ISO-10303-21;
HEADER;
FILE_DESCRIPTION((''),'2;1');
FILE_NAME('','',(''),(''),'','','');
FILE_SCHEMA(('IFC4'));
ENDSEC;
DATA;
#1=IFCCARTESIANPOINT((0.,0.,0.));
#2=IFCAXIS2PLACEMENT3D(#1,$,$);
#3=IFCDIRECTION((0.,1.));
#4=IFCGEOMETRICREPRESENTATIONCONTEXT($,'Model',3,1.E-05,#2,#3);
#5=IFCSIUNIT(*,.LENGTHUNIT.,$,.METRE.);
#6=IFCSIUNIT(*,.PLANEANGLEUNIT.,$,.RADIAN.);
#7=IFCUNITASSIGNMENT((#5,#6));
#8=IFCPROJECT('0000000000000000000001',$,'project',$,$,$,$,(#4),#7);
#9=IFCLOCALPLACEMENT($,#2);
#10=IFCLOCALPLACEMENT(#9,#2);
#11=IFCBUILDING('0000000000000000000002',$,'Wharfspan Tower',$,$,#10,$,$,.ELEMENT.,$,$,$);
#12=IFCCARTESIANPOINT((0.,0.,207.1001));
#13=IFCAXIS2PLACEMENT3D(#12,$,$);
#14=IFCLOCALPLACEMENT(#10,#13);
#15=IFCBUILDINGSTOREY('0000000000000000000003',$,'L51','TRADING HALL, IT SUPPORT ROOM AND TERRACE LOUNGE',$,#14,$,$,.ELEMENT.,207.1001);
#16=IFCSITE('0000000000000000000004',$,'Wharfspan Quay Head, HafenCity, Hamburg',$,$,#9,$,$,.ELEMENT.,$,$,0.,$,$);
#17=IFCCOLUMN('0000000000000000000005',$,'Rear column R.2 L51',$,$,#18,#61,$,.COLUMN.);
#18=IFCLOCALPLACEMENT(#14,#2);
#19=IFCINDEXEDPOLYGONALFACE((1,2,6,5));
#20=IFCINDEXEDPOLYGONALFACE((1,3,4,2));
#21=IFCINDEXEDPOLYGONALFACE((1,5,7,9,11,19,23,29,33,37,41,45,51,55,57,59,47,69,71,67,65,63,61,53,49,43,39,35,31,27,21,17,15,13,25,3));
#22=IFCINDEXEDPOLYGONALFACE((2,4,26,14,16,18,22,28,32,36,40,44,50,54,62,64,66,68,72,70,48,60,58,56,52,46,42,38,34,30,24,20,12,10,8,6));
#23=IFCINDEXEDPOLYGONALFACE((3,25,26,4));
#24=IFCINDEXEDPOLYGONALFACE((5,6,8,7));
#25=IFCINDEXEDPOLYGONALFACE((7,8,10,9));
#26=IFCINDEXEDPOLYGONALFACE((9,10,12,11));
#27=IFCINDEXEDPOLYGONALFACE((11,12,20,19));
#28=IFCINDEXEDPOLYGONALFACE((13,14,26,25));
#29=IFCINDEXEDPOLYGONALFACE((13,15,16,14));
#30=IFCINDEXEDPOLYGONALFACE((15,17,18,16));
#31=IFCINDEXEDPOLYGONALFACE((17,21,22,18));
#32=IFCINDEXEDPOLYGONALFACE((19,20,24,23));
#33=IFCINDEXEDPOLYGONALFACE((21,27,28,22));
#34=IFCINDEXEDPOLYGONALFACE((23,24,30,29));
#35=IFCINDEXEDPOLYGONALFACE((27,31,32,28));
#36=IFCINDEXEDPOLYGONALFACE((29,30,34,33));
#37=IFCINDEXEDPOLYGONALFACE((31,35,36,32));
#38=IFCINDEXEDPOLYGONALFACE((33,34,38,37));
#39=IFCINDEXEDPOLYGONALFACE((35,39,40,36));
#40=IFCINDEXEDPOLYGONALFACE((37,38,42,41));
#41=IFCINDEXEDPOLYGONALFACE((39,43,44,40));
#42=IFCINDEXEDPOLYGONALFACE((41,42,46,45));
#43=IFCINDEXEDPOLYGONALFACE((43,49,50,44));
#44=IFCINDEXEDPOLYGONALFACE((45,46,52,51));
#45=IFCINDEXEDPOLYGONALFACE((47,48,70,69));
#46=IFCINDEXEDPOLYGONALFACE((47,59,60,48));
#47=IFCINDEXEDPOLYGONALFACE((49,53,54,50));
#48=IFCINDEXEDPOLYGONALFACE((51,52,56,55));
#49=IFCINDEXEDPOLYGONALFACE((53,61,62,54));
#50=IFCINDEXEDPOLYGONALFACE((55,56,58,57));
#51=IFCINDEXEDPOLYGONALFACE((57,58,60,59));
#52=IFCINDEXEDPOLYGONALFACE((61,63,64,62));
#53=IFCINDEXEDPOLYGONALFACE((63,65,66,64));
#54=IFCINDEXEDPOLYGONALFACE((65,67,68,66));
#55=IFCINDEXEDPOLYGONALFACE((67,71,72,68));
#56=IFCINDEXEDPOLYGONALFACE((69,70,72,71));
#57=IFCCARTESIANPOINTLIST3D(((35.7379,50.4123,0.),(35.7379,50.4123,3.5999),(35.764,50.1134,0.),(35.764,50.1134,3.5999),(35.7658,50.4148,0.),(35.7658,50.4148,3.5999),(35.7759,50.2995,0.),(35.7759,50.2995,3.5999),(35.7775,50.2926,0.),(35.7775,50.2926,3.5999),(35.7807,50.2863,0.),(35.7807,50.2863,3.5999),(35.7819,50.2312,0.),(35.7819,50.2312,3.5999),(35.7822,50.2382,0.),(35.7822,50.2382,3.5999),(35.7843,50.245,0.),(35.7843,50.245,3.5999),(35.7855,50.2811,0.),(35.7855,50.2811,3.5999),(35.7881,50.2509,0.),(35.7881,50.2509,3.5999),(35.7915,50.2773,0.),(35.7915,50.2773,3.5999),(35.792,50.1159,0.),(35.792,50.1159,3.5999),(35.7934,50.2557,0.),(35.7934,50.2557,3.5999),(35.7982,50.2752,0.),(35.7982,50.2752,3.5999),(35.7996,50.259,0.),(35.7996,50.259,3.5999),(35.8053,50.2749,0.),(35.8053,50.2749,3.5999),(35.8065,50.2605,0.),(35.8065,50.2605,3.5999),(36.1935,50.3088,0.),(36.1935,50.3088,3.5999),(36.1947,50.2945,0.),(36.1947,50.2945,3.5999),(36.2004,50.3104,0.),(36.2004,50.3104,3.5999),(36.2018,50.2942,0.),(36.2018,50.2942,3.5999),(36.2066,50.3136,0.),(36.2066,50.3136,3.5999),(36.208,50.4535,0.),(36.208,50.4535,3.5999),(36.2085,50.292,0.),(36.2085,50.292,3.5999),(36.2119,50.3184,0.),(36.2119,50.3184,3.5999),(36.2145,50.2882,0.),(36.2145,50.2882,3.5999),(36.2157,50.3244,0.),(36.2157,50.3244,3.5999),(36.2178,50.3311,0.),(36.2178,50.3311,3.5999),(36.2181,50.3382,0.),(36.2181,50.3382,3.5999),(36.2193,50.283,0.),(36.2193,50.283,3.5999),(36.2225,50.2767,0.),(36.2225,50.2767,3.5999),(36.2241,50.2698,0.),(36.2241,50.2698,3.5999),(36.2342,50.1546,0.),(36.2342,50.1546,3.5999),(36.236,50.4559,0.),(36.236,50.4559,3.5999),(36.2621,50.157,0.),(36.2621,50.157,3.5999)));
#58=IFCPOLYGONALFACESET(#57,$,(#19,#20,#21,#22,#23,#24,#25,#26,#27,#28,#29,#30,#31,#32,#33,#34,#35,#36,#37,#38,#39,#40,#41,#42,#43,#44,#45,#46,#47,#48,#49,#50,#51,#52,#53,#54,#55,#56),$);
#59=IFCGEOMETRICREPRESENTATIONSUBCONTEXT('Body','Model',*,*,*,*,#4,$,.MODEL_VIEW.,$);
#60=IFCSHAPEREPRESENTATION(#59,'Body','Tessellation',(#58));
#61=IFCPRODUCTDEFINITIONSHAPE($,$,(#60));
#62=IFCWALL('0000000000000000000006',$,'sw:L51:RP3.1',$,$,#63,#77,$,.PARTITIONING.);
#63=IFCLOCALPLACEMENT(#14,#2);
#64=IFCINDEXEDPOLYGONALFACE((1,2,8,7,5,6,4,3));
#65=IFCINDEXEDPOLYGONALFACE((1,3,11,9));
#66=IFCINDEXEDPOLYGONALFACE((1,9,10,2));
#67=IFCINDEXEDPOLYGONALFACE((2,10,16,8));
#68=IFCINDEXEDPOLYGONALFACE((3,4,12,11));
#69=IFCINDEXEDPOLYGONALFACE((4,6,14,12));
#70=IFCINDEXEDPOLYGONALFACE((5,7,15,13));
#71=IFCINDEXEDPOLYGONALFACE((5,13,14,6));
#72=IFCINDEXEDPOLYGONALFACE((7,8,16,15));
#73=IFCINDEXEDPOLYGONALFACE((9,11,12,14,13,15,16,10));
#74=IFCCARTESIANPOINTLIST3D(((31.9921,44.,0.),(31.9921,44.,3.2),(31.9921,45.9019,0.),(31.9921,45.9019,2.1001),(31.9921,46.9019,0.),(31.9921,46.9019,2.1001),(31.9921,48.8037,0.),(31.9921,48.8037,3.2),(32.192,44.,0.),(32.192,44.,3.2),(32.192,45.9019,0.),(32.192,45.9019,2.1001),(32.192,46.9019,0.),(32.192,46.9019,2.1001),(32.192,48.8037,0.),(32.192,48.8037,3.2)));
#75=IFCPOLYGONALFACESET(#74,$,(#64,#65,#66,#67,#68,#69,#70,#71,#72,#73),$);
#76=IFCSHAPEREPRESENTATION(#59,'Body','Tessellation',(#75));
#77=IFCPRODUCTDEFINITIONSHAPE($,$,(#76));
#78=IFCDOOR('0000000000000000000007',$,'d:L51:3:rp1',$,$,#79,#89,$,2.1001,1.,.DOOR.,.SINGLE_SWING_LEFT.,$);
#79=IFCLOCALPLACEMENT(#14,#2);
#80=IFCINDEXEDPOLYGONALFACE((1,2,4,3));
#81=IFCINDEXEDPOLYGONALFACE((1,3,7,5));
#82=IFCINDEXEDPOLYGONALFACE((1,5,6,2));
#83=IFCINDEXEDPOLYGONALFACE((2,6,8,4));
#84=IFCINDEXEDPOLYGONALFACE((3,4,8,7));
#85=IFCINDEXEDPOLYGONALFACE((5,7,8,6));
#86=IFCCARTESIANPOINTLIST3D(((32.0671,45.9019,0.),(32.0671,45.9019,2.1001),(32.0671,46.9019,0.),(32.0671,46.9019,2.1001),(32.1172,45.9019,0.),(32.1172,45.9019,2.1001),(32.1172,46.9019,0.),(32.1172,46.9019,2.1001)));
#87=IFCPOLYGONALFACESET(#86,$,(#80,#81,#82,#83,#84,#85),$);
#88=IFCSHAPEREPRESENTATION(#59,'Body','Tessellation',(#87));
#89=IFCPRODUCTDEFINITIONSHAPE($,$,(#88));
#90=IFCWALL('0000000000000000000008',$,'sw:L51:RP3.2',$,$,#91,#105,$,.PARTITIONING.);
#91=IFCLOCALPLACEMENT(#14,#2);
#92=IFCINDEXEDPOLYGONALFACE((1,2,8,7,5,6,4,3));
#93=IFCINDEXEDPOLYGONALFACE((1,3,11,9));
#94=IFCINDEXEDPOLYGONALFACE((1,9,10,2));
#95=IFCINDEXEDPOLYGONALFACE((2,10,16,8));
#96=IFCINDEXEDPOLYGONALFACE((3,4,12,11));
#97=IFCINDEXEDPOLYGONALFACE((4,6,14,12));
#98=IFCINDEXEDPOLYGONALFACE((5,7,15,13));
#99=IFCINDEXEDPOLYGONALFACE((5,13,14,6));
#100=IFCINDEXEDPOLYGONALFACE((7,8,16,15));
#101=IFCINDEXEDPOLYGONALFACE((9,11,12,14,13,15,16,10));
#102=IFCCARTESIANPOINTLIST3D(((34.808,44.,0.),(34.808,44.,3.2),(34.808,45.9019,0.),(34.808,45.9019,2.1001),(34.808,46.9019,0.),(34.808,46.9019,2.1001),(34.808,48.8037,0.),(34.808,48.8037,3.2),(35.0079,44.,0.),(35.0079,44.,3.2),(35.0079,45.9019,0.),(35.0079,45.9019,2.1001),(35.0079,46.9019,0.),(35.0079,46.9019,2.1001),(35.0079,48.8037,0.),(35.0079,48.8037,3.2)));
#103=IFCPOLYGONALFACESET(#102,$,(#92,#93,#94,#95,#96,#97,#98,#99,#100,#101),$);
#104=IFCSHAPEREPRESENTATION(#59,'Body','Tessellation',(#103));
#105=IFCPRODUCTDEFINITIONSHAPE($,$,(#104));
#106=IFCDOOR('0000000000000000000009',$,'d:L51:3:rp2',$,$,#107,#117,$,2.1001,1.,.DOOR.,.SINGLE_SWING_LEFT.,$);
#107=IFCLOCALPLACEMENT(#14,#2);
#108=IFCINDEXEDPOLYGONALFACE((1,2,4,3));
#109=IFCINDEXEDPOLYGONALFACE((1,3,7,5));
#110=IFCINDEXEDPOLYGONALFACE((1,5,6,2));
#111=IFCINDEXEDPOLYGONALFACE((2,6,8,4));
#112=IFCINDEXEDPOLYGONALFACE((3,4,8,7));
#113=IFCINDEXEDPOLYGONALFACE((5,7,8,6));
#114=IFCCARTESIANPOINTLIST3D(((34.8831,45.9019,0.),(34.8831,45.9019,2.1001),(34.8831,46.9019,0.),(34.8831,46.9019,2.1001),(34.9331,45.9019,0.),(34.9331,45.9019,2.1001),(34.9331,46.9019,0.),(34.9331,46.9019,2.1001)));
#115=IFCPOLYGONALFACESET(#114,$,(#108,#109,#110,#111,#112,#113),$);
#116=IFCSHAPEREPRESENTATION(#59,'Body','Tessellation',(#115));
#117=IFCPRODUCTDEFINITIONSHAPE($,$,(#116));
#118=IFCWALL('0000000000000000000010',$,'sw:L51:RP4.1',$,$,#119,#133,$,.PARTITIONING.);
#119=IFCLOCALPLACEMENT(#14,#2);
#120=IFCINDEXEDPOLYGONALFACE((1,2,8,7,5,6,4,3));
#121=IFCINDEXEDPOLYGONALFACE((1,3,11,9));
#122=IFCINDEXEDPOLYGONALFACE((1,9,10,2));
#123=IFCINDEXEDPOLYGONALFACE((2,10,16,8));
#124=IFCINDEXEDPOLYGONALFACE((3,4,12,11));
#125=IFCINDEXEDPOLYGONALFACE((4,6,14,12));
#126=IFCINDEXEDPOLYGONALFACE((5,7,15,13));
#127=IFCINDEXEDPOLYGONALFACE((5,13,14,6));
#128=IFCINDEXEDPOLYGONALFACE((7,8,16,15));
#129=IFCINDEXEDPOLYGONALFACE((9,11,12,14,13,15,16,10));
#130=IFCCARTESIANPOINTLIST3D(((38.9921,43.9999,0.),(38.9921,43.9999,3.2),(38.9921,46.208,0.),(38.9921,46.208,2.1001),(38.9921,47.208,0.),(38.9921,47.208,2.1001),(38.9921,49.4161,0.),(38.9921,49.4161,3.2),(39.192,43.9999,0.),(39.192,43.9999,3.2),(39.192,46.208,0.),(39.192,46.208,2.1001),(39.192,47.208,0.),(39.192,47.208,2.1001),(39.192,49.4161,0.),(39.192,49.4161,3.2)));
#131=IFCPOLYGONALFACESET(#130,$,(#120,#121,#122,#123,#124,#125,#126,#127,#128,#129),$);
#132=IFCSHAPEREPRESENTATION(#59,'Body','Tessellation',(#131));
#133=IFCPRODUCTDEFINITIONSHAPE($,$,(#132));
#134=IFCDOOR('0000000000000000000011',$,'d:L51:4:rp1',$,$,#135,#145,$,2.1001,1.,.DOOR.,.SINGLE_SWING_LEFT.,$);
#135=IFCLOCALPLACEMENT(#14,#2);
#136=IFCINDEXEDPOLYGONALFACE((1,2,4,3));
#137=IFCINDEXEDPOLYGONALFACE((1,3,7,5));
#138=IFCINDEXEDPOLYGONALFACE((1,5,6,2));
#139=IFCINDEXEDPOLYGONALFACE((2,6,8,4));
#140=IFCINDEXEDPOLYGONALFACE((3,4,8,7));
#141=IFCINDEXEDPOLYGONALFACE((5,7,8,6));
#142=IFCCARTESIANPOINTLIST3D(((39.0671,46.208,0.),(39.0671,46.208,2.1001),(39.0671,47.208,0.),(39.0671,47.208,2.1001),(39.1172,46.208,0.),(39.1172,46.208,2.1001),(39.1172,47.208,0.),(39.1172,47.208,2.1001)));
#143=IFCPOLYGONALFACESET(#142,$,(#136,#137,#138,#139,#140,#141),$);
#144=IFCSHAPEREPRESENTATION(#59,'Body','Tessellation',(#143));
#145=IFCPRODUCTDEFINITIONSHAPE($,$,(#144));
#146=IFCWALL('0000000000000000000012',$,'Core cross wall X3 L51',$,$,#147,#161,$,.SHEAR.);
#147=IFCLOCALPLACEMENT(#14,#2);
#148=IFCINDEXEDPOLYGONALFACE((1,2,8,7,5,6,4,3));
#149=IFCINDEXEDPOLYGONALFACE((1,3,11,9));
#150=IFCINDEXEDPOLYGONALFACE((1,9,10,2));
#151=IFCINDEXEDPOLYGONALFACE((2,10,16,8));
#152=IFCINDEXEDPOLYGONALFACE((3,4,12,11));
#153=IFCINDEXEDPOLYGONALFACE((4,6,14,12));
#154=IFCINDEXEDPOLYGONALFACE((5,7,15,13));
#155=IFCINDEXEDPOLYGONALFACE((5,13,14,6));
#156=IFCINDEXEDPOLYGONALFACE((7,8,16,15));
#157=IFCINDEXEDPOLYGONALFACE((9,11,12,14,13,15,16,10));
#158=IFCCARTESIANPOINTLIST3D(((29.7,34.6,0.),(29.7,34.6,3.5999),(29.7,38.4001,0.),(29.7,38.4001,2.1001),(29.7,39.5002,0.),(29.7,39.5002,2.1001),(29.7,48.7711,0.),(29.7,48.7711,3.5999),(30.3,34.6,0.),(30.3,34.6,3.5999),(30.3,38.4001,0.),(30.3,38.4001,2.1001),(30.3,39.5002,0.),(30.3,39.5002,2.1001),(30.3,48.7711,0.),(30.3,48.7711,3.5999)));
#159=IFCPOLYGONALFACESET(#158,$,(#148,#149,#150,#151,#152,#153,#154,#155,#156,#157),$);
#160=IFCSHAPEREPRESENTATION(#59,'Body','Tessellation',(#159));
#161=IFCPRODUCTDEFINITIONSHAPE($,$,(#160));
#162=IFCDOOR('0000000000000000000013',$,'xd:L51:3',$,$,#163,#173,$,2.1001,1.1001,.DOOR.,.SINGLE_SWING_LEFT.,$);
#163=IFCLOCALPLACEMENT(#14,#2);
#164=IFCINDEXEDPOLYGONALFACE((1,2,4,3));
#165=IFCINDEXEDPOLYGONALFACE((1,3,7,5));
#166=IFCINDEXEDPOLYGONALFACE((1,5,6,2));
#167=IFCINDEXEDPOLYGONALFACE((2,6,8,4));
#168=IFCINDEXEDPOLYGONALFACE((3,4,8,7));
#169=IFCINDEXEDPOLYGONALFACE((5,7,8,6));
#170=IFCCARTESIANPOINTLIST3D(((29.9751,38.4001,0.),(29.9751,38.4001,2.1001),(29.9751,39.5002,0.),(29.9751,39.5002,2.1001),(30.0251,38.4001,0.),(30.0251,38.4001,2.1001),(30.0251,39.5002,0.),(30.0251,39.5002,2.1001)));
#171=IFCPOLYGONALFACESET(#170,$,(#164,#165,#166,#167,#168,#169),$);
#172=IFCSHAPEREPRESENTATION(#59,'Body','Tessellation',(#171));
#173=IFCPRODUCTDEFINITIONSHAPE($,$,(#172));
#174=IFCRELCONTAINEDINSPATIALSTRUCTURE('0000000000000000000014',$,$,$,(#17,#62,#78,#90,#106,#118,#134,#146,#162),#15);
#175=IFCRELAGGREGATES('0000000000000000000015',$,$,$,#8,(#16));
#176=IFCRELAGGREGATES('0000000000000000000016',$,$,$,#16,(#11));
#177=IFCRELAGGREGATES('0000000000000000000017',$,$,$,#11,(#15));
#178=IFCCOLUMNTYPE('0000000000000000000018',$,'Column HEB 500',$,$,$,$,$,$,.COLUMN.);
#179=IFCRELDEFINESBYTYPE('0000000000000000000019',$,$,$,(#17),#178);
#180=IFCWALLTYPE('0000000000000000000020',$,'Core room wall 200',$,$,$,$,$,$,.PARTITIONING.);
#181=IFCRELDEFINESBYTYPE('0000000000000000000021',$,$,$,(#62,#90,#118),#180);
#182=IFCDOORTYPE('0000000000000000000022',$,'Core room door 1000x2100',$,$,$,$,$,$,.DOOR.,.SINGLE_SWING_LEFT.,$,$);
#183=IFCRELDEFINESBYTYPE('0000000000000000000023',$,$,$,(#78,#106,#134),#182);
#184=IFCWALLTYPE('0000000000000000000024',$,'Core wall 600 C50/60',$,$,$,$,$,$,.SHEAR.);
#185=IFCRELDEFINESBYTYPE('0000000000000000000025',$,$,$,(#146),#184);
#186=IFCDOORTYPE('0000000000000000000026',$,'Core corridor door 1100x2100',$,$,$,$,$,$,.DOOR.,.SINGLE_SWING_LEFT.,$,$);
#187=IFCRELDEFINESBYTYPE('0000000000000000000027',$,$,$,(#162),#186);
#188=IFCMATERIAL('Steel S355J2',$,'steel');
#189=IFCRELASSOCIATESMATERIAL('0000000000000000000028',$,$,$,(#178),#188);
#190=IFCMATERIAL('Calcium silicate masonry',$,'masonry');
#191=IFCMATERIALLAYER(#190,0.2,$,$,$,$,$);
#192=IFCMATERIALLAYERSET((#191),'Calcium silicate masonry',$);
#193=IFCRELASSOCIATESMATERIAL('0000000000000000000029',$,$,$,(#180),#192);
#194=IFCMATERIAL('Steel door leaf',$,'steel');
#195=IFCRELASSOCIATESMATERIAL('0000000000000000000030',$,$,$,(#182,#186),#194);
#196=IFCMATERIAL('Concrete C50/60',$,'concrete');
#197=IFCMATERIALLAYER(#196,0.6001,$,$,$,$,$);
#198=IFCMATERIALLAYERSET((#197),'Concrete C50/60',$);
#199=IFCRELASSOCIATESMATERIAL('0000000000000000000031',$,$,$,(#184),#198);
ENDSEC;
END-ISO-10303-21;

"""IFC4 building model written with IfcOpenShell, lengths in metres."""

from ifc_helpers import new_model, si_unit, direction, frame, frame_2d, origin, origin_2d, place, context, subcontext, project, spatial, rectangle, i_section, extrude, material, layer, layer_set, material_profile, profile_set, type_object, element, fill, save


model = new_model("IFC4")

# Units and contexts
model_context = context("Model", 3, precision=1e-05, world=origin(), true_north=direction((0.0, 1.0)))
body_context = subcontext(model_context, "Body", "Model", "MODEL_VIEW")
ifc_project = project(units=[si_unit("LENGTHUNIT", "METRE"), si_unit("PLANEANGLEUNIT", "RADIAN")], contexts=[model_context])

# Site, building, storey
site_placement = place(None, origin())
site = spatial("IfcSite", under=ifc_project, at=site_placement, Name="Wharfspan Quay Head, HafenCity, Hamburg", CompositionType="ELEMENT", RefElevation=0.0)
building_placement = place(site_placement, origin())
building = spatial("IfcBuilding", under=site, at=building_placement, Name="Wharfspan Tower", CompositionType="ELEMENT")
storey_placement = place(building_placement, frame((0.0, 0.0, 207.1001)))
storey = spatial("IfcBuildingStorey", under=building, at=storey_placement, Name="L51", Description="TRADING HALL, IT SUPPORT ROOM AND TERRACE LOUNGE", CompositionType="ELEMENT", Elevation=207.1001)

# Column
ifc_material_1 = material(Name="Steel S355J2", Category="steel")
ifc_material_profile = material_profile(ifc_material_1, i_section(OverallWidth=0.3, OverallDepth=0.5, WebThickness=0.0144, FlangeThickness=0.0281, FilletRadius=0.0271, at=origin_2d()))
ifc_profile_set = profile_set([ifc_material_profile], Name="Steel S355J2")
column_type = type_object("IfcColumnType", Name="Column HEB 500", PredefinedType="COLUMN", material=ifc_profile_set)
column_placement = place(storey_placement, frame((36.0, 50.2847, 0.0), z_axis=(0.0, 0.0, 1.0), x_axis=(-0.087156, 0.996197, 0.0)))
element("IfcColumn", 1, at=column_placement, inside=storey, type_object=column_type, Name="Rear column R.2 L51", PredefinedType="COLUMN", context=body_context, shape_type="SweptSolid", body=[
    extrude(i_section(OverallWidth=0.3, OverallDepth=0.5, WebThickness=0.0144, FlangeThickness=0.0281, FilletRadius=0.0271, at=origin_2d()), origin(), (0.0, 0.0, 1.0), 3.5999),
])

# Walls, openings, doors
ifc_material_2 = material(Name="Calcium silicate masonry", Category="masonry")
ifc_layer_1 = layer(ifc_material_2, 0.2)
ifc_layer_set_1 = layer_set([ifc_layer_1], Name="Calcium silicate masonry")
wall_type_1 = type_object("IfcWallType", Name="Core room wall 200", PredefinedType="PARTITIONING", material=ifc_layer_set_1)
wall_1_placement = place(storey_placement, frame((32.092, 44.0, 0.0), z_axis=(0.0, 0.0, 1.0), x_axis=(0.0, 1.0, 0.0)))
wall_1 = element("IfcWall", 2, at=wall_1_placement, inside=storey, type_object=wall_type_1, Name="sw:L51:RP3.1", PredefinedType="PARTITIONING", context=body_context, shape_type="SweptSolid", body=[
    extrude(rectangle(XDim=4.8037, YDim=0.2, at=frame_2d((2.4019, 0.0))), origin(), (0.0, 0.0, 1.0), 3.2),
])
opening_1_placement = place(wall_1_placement, frame((1.9019, 0.0, 0.0)))
opening_1 = element("IfcOpeningElement", 3, at=opening_1_placement, cuts=wall_1, PredefinedType="OPENING", context=body_context, shape_type="SweptSolid", body=[
    extrude(rectangle(XDim=1.0, YDim=2.1001, at=frame_2d((0.5, 1.05))), frame((0.0, 0.1099, 0.0), z_axis=(0.0, -1.0, 0.0), x_axis=(1.0, 0.0, 0.0)), (0.0, 0.0, 1.0), 0.22),
])
ifc_material_3 = material(Name="Steel door leaf", Category="steel")
door_type_1 = type_object("IfcDoorType", Name="Core room door 1000x2100", OperationType="SINGLE_SWING_LEFT", PredefinedType="DOOR", material=ifc_material_3)
door_1_placement = place(opening_1_placement, origin())
door_1 = element("IfcDoor", 4, at=door_1_placement, inside=storey, type_object=door_type_1, Name="d:L51:3:rp1", OperationType="SINGLE_SWING_LEFT", OverallHeight=2.1001, OverallWidth=1.0, PredefinedType="DOOR", context=body_context, shape_type="SweptSolid", body=[
    extrude(rectangle(XDim=1.0, YDim=2.1001, at=frame_2d((0.5, 1.05))), frame((0.0, 0.0249, 0.0), z_axis=(0.0, -1.0, 0.0), x_axis=(1.0, 0.0, 0.0)), (0.0, 0.0, 1.0), 0.05),
])
fill(opening_1, door_1)
wall_2_placement = place(storey_placement, frame((34.908, 44.0, 0.0), z_axis=(0.0, 0.0, 1.0), x_axis=(0.0, 1.0, 0.0)))
wall_2 = element("IfcWall", 5, at=wall_2_placement, inside=storey, type_object=wall_type_1, Name="sw:L51:RP3.2", PredefinedType="PARTITIONING", context=body_context, shape_type="SweptSolid", body=[
    extrude(rectangle(XDim=4.8037, YDim=0.2, at=frame_2d((2.4019, 0.0))), origin(), (0.0, 0.0, 1.0), 3.2),
])
opening_2_placement = place(wall_2_placement, frame((1.9019, 0.0, 0.0)))
opening_2 = element("IfcOpeningElement", 6, at=opening_2_placement, cuts=wall_2, PredefinedType="OPENING", context=body_context, shape_type="SweptSolid", body=[
    extrude(rectangle(XDim=1.0, YDim=2.1001, at=frame_2d((0.5, 1.05))), frame((0.0, 0.1099, 0.0), z_axis=(0.0, -1.0, 0.0), x_axis=(1.0, 0.0, 0.0)), (0.0, 0.0, 1.0), 0.22),
])
door_2_placement = place(opening_2_placement, origin())
door_2 = element("IfcDoor", 7, at=door_2_placement, inside=storey, type_object=door_type_1, Name="d:L51:3:rp2", OperationType="SINGLE_SWING_LEFT", OverallHeight=2.1001, OverallWidth=1.0, PredefinedType="DOOR", context=body_context, shape_type="SweptSolid", body=[
    extrude(rectangle(XDim=1.0, YDim=2.1001, at=frame_2d((0.5, 1.05))), frame((0.0, 0.0249, 0.0), z_axis=(0.0, -1.0, 0.0), x_axis=(1.0, 0.0, 0.0)), (0.0, 0.0, 1.0), 0.05),
])
fill(opening_2, door_2)
wall_3_placement = place(storey_placement, frame((39.092, 44.0, 0.0), z_axis=(0.0, 0.0, 1.0), x_axis=(0.0, 1.0, 0.0)))
wall_3 = element("IfcWall", 8, at=wall_3_placement, inside=storey, type_object=wall_type_1, Name="sw:L51:RP4.1", PredefinedType="PARTITIONING", context=body_context, shape_type="SweptSolid", body=[
    extrude(rectangle(XDim=5.4163, YDim=0.2, at=frame_2d((2.708, 0.0))), origin(), (0.0, 0.0, 1.0), 3.2),
])
opening_3_placement = place(wall_3_placement, frame((2.208, 0.0, 0.0)))
opening_3 = element("IfcOpeningElement", 9, at=opening_3_placement, cuts=wall_3, PredefinedType="OPENING", context=body_context, shape_type="SweptSolid", body=[
    extrude(rectangle(XDim=1.0, YDim=2.1001, at=frame_2d((0.5, 1.05))), frame((0.0, 0.1099, 0.0), z_axis=(0.0, -1.0, 0.0), x_axis=(1.0, 0.0, 0.0)), (0.0, 0.0, 1.0), 0.22),
])
door_3_placement = place(opening_3_placement, origin())
door_3 = element("IfcDoor", 10, at=door_3_placement, inside=storey, type_object=door_type_1, Name="d:L51:4:rp1", OperationType="SINGLE_SWING_LEFT", OverallHeight=2.1001, OverallWidth=1.0, PredefinedType="DOOR", context=body_context, shape_type="SweptSolid", body=[
    extrude(rectangle(XDim=1.0, YDim=2.1001, at=frame_2d((0.5, 1.05))), frame((0.0, 0.0249, 0.0), z_axis=(0.0, -1.0, 0.0), x_axis=(1.0, 0.0, 0.0)), (0.0, 0.0, 1.0), 0.05),
])
fill(opening_3, door_3)
ifc_material_4 = material(Name="Concrete C50/60", Category="concrete")
ifc_layer_2 = layer(ifc_material_4, 0.6001)
ifc_layer_set_2 = layer_set([ifc_layer_2], Name="Concrete C50/60")
wall_type_2 = type_object("IfcWallType", Name="Core wall 600 C50/60", PredefinedType="SHEAR", material=ifc_layer_set_2)
wall_4_placement = place(storey_placement, frame((30.0, 34.6001, 0.0), z_axis=(0.0, 0.0, 1.0), x_axis=(0.0, 1.0, 0.0)))
wall_4 = element("IfcWall", 11, at=wall_4_placement, inside=storey, type_object=wall_type_2, Name="Core cross wall X3 L51", PredefinedType="SHEAR", context=body_context, shape_type="SweptSolid", body=[
    extrude(rectangle(XDim=14.1711, YDim=0.6001, at=frame_2d((7.0854, 0.0))), origin(), (0.0, 0.0, 1.0), 3.5999),
])
opening_4_placement = place(wall_4_placement, frame((3.8, 0.0, 0.0)))
opening_4 = element("IfcOpeningElement", 12, at=opening_4_placement, cuts=wall_4, PredefinedType="OPENING", context=body_context, shape_type="SweptSolid", body=[
    extrude(rectangle(XDim=1.1001, YDim=2.1001, at=frame_2d((0.55, 1.05))), frame((0.0, 0.3101, 0.0), z_axis=(0.0, -1.0, 0.0), x_axis=(1.0, 0.0, 0.0)), (0.0, 0.0, 1.0), 0.6201),
])
door_type_2 = type_object("IfcDoorType", Name="Core corridor door 1100x2100", OperationType="SINGLE_SWING_LEFT", PredefinedType="DOOR", material=ifc_material_3)
door_4_placement = place(opening_4_placement, origin())
door_4 = element("IfcDoor", 13, at=door_4_placement, inside=storey, type_object=door_type_2, Name="xd:L51:3", OperationType="SINGLE_SWING_LEFT", OverallHeight=2.1001, OverallWidth=1.1001, PredefinedType="DOOR", context=body_context, shape_type="SweptSolid", body=[
    extrude(rectangle(XDim=1.1001, YDim=2.1001, at=frame_2d((0.55, 1.05))), frame((0.0, 0.0249, 0.0), z_axis=(0.0, -1.0, 0.0), x_axis=(1.0, 0.0, 0.0)), (0.0, 0.0, 1.0), 0.05),
])
fill(opening_4, door_4)

save(model, "model.ifc")
